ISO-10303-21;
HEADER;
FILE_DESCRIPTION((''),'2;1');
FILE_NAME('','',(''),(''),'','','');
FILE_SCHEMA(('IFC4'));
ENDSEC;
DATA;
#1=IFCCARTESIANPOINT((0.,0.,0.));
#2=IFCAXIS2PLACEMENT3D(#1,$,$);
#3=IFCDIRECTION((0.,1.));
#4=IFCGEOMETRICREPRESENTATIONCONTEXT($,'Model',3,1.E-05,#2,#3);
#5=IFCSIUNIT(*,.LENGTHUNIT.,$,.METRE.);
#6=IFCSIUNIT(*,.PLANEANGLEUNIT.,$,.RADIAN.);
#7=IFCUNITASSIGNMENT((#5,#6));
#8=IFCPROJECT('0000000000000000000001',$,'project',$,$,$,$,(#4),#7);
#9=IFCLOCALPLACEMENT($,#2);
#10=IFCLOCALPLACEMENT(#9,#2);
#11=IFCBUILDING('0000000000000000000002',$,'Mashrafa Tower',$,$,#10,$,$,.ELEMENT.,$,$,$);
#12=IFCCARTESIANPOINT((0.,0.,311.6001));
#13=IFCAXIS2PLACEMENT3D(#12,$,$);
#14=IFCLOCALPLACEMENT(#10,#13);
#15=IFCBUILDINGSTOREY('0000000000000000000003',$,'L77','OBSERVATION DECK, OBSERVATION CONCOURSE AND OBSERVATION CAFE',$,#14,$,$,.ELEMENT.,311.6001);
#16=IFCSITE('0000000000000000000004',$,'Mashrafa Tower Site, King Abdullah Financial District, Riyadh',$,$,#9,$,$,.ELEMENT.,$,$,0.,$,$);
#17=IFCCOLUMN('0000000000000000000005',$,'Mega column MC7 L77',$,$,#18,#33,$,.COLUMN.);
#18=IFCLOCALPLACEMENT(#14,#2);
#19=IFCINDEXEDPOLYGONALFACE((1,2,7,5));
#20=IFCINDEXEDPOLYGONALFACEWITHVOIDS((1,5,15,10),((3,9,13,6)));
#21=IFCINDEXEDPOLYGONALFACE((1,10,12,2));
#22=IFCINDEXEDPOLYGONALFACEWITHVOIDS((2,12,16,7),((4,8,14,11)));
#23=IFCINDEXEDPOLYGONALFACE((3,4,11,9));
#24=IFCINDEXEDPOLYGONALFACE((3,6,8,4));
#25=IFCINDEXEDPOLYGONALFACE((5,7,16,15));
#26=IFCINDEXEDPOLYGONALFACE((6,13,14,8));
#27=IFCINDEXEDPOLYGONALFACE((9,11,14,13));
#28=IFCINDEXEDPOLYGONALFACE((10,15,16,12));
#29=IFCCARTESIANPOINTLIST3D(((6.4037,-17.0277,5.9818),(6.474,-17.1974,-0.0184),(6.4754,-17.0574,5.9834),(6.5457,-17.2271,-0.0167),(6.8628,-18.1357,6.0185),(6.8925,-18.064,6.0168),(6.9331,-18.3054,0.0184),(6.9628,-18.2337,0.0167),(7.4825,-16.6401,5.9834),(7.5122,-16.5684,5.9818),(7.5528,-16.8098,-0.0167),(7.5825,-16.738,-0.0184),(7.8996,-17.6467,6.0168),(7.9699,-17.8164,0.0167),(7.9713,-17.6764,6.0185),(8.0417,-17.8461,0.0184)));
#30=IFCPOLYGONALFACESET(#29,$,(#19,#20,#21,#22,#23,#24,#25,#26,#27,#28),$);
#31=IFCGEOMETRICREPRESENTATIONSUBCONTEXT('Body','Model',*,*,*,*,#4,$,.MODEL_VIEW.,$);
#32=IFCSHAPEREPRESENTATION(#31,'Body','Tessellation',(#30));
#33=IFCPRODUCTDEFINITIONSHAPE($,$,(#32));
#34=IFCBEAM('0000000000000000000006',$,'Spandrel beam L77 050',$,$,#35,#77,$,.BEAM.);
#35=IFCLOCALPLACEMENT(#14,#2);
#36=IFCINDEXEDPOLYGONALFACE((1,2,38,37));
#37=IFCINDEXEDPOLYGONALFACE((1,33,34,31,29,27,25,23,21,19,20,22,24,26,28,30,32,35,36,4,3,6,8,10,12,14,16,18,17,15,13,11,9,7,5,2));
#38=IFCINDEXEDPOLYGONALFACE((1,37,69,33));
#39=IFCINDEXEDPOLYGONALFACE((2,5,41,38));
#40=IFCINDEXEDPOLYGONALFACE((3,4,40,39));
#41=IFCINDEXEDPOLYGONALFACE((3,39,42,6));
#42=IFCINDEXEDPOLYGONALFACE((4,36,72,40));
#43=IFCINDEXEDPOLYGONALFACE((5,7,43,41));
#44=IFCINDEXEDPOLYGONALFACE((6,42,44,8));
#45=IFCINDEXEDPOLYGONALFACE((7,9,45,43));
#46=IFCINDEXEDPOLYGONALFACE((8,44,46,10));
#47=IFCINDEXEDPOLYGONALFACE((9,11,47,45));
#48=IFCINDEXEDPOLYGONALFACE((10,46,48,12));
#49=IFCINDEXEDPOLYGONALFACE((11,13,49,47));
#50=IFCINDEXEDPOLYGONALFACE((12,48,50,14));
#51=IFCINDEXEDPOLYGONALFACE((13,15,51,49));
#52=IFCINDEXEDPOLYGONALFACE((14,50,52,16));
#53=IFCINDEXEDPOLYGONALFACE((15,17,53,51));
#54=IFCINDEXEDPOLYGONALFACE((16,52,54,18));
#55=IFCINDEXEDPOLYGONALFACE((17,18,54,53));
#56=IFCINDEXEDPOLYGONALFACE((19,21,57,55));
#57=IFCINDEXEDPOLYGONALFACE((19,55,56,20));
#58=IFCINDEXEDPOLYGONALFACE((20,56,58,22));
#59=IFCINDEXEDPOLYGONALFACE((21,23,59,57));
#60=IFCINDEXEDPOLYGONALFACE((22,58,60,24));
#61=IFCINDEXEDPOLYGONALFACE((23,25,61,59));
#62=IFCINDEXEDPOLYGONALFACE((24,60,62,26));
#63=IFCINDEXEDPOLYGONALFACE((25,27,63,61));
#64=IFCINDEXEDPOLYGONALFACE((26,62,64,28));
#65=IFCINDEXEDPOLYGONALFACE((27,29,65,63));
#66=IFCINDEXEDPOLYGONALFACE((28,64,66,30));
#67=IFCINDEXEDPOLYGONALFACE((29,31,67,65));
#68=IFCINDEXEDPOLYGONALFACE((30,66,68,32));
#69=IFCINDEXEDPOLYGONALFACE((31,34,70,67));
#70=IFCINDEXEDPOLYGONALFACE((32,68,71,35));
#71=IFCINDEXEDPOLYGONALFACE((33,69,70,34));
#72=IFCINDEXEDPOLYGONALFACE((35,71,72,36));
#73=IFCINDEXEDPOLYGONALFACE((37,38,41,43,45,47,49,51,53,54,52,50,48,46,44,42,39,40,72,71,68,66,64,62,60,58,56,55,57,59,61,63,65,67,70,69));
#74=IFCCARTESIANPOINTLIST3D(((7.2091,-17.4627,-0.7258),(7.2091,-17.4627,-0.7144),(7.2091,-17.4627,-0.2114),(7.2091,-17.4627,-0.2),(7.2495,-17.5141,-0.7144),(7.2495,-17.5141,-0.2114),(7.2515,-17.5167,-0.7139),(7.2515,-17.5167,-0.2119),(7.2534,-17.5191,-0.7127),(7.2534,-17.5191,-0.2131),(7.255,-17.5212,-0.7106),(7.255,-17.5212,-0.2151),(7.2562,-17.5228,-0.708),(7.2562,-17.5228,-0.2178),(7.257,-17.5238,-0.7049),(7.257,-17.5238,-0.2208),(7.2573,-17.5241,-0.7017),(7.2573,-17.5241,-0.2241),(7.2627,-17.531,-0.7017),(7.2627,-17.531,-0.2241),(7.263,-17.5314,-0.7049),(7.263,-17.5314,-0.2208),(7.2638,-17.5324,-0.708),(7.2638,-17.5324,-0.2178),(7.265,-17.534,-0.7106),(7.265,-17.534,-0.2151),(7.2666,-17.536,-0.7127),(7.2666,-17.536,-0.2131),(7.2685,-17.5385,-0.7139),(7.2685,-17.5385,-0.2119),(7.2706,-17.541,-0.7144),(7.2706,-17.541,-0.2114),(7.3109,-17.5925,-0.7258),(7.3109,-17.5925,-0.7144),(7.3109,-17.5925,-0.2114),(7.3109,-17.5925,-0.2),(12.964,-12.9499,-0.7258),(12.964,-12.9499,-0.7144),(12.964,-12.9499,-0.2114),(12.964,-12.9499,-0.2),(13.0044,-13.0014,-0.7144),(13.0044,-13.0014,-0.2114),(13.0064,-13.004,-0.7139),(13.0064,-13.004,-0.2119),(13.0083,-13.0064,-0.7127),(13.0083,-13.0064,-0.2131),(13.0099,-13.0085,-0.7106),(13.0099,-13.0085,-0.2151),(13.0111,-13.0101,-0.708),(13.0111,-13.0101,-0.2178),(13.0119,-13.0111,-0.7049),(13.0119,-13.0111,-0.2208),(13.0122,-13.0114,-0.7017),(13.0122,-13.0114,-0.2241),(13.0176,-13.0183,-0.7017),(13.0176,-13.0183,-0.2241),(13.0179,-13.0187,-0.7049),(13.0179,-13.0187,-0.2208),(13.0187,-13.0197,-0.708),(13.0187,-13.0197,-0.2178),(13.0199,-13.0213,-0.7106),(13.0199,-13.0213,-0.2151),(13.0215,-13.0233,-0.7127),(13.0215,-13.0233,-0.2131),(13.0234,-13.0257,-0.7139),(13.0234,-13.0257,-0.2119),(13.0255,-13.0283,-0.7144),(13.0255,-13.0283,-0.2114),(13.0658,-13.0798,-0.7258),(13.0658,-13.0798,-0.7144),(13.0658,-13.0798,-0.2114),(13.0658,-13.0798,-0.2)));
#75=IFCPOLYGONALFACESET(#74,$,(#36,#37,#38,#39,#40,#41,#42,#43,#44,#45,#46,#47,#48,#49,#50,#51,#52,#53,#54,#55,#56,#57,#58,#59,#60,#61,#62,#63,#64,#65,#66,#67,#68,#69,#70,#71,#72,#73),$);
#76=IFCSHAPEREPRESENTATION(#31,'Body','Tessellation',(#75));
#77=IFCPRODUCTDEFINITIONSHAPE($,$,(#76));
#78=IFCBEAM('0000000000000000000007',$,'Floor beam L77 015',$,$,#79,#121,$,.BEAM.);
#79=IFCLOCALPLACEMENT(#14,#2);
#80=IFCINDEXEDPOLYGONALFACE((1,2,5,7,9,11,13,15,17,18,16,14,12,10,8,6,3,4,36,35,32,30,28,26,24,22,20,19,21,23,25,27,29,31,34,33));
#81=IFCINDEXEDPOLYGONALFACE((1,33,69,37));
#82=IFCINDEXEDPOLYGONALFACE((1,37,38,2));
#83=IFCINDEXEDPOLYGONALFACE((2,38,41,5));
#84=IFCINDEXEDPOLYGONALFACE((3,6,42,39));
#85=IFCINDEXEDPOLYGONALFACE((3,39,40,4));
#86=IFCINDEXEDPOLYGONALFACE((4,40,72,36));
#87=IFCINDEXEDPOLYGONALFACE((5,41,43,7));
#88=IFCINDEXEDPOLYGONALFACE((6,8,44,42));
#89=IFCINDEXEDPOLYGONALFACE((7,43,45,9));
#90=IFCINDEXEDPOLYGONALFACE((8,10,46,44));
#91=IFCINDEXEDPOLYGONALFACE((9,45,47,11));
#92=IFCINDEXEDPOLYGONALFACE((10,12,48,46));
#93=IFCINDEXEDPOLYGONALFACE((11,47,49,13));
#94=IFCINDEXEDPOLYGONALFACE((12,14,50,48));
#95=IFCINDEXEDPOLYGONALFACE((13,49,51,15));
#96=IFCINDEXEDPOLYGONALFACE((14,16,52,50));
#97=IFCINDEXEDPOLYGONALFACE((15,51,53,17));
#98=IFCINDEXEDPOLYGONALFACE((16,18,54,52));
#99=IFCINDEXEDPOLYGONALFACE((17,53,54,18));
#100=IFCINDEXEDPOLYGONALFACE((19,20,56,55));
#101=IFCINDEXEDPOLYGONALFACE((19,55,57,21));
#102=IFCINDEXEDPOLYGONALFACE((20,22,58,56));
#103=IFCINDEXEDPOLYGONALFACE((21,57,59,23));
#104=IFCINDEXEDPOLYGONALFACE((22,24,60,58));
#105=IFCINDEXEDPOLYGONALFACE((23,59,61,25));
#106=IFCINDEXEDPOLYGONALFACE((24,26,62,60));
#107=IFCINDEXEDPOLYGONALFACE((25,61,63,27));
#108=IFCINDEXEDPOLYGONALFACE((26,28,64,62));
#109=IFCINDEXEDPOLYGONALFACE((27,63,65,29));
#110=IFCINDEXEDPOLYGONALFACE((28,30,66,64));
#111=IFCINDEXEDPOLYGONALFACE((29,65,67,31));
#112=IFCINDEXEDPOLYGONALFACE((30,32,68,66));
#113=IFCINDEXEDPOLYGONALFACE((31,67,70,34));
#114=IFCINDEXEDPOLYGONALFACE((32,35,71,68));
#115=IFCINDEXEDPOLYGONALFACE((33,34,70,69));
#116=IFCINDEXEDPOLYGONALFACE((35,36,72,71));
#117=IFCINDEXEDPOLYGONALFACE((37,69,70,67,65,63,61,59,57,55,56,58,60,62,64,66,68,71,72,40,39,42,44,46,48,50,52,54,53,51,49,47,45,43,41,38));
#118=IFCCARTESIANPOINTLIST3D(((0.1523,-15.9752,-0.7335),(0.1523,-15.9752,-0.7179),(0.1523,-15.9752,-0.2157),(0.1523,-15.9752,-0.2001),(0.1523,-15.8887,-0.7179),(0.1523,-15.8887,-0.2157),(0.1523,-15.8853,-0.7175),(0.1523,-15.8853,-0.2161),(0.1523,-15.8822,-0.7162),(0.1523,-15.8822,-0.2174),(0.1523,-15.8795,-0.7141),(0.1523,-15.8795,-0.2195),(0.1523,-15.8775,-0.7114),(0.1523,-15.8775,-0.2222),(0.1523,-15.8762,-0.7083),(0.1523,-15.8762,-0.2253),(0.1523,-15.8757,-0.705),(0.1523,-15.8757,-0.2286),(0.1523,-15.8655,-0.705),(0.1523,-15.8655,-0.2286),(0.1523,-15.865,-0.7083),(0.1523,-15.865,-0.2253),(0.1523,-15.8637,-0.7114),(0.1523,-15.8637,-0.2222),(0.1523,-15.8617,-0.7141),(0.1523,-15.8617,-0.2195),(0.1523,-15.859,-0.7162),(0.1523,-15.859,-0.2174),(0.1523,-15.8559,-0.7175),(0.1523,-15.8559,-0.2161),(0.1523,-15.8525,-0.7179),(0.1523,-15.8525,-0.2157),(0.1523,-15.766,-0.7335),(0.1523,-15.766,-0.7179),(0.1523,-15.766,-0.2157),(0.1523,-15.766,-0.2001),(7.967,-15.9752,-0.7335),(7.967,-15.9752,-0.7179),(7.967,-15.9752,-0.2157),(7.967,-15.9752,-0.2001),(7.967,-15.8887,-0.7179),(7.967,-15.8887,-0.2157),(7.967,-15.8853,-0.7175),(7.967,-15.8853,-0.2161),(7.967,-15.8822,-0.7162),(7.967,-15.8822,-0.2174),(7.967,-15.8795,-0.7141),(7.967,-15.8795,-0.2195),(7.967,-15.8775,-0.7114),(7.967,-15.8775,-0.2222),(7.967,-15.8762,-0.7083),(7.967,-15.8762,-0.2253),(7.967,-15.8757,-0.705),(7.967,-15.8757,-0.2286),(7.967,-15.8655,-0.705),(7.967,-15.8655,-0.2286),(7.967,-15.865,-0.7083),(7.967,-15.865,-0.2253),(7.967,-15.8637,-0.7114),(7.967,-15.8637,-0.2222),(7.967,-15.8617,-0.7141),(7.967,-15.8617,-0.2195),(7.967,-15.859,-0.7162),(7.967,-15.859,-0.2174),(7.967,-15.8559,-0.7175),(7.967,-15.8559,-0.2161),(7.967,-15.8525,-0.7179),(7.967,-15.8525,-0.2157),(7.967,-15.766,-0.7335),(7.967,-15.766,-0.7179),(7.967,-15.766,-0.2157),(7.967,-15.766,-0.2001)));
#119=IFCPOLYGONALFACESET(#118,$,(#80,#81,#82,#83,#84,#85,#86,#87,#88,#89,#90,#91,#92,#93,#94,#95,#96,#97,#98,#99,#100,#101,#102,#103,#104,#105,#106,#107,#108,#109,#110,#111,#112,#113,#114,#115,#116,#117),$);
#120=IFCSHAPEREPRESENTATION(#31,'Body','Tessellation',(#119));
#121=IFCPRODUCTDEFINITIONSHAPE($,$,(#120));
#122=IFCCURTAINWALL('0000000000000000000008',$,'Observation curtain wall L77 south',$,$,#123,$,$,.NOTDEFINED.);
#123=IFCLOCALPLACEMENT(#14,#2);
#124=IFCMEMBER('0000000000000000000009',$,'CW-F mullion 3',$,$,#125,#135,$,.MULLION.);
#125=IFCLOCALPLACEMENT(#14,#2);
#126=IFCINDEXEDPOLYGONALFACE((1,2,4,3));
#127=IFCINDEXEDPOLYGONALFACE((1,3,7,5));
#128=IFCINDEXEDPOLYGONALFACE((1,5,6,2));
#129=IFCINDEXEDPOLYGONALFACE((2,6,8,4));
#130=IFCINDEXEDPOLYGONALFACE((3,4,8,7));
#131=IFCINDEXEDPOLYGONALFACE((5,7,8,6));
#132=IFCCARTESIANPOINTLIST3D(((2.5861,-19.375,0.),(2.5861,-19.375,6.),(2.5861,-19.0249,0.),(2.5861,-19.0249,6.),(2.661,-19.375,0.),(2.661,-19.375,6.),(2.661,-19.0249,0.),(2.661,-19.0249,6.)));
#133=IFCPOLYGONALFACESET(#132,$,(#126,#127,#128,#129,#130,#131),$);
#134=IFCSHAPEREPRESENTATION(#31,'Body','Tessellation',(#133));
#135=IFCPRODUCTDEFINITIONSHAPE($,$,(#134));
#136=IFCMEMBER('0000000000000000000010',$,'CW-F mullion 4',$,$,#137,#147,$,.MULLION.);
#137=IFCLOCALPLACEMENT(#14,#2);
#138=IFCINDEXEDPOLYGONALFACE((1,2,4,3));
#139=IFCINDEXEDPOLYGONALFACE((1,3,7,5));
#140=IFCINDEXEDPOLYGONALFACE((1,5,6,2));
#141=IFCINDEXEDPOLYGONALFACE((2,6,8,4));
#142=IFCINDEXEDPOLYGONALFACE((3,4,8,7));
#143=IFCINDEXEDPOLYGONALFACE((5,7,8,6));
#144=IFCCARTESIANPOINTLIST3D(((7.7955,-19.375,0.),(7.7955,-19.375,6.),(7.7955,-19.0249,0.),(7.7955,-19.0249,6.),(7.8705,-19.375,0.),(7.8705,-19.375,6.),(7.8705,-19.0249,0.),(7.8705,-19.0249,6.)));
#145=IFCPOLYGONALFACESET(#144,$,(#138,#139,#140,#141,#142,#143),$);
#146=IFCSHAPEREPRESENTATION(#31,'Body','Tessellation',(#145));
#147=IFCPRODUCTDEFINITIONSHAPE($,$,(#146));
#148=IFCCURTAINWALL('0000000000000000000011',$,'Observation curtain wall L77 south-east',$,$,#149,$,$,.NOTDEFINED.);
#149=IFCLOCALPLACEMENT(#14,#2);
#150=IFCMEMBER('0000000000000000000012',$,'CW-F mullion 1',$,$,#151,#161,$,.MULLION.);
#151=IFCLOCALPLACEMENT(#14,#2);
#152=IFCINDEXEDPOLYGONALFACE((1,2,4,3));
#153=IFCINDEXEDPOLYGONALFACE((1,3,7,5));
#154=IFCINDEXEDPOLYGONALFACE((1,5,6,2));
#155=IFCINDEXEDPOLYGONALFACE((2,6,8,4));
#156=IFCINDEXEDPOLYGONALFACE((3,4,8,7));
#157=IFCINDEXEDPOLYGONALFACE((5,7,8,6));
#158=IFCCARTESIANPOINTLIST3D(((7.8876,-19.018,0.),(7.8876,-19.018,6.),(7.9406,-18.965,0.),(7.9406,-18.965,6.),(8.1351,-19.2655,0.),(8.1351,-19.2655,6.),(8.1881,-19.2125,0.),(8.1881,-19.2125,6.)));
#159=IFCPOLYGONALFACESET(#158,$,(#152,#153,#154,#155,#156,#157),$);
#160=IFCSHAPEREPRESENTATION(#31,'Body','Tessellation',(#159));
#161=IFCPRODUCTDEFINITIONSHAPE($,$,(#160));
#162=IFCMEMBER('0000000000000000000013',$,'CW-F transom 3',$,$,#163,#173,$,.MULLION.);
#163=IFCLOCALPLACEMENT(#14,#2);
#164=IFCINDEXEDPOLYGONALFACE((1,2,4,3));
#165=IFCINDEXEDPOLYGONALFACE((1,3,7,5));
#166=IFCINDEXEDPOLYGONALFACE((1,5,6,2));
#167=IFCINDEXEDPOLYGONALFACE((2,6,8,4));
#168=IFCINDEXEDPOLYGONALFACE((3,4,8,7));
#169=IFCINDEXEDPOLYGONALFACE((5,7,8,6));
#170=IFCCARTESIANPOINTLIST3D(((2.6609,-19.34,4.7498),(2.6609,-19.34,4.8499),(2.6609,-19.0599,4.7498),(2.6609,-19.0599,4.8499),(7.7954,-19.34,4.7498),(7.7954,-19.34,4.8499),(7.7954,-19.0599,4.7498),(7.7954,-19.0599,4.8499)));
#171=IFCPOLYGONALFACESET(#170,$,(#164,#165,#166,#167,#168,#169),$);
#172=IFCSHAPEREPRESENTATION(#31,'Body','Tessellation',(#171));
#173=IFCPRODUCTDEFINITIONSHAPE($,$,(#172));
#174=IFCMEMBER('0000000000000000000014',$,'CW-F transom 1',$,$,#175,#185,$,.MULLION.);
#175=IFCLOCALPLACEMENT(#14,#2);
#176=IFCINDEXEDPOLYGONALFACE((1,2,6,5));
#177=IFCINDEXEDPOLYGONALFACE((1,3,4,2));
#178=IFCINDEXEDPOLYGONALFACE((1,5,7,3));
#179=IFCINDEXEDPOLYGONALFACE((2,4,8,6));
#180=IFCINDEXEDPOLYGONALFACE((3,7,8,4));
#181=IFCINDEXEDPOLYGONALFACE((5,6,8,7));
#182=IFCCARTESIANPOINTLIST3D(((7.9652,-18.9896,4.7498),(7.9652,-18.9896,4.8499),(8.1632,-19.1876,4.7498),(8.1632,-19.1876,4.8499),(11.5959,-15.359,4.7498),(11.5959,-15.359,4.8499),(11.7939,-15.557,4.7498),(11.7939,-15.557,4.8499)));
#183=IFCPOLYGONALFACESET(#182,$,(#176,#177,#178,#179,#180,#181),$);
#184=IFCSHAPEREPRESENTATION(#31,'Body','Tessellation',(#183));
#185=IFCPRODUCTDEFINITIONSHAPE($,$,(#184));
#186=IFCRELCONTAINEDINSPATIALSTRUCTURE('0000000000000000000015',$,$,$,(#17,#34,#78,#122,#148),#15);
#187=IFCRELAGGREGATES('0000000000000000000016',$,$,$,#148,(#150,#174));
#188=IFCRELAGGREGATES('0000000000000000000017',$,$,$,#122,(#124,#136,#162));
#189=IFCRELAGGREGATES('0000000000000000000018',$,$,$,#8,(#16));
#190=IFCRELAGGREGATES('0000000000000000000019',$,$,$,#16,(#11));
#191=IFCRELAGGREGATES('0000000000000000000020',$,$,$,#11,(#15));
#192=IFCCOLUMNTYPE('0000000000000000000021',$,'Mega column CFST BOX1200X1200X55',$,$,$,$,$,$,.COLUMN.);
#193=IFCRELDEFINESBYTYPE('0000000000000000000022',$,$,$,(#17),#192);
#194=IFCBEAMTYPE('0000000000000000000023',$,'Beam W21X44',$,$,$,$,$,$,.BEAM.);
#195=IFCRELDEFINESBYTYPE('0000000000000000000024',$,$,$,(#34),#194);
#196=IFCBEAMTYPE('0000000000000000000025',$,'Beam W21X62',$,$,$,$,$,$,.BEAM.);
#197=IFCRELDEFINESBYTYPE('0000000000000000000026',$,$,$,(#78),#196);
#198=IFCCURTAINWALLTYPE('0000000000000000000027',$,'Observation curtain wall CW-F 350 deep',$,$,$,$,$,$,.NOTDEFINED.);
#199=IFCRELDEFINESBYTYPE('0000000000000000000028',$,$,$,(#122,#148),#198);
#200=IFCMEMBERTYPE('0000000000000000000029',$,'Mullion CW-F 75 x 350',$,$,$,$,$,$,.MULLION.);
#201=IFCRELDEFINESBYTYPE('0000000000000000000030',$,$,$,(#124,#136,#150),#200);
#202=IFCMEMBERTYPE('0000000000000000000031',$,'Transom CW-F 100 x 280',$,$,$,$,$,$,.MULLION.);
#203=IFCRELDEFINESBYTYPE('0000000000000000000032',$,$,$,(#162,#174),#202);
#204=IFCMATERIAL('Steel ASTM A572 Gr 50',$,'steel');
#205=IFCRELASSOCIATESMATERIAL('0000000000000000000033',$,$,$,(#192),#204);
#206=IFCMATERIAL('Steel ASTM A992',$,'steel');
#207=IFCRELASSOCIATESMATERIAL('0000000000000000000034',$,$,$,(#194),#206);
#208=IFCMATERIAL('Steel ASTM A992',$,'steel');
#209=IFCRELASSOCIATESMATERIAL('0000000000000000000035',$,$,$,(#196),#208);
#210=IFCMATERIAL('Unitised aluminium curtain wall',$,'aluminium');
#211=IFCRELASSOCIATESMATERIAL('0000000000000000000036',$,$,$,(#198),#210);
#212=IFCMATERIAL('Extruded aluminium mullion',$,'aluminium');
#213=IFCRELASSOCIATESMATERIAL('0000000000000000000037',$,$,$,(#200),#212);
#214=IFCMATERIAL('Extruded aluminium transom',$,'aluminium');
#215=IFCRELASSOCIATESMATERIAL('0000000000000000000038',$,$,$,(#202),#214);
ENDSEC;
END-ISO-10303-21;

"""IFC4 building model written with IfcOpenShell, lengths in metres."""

from ifc_helpers import new_model, si_unit, direction, frame, origin, origin_2d, place, context, subcontext, project, spatial, rectangle, hollow_rectangle, i_section, extrude, source, transform, mapped, material, material_profile, profile_set, type_object, type_shapes, element, aggregate, save


model = new_model("IFC4")

# Units and contexts
model_context = context("Model", 3, precision=1e-05, world=origin(), true_north=direction((0.0, 1.0)))
body_context = subcontext(model_context, "Body", "Model", "MODEL_VIEW")
ifc_project = project(units=[si_unit("LENGTHUNIT", "METRE"), si_unit("PLANEANGLEUNIT", "RADIAN")], contexts=[model_context])

# Site, building, storey
site_placement = place(None, origin())
site = spatial("IfcSite", under=ifc_project, at=site_placement, Name="Mashrafa Tower Site, King Abdullah Financial District, Riyadh", CompositionType="ELEMENT", RefElevation=0.0)
building_placement = place(site_placement, origin())
building = spatial("IfcBuilding", under=site, at=building_placement, Name="Mashrafa Tower", CompositionType="ELEMENT")
storey_placement = place(building_placement, frame((0.0, 0.0, 311.6001)))
storey = spatial("IfcBuildingStorey", under=building, at=storey_placement, Name="L77", Description="OBSERVATION DECK, OBSERVATION CONCOURSE AND OBSERVATION CAFE", CompositionType="ELEMENT", Elevation=311.6001)

# Column
ifc_material_1 = material(Name="Steel ASTM A572 Gr 50", Category="steel")
ifc_material_profile_1 = material_profile(ifc_material_1, hollow_rectangle(XDim=1.2, YDim=1.2, WallThickness=0.0549, at=origin_2d()), Name="BOX1200X1200X55")
ifc_profile_set_1 = profile_set([ifc_material_profile_1], Name="Steel ASTM A572 Gr 50")
column_type = type_object("IfcColumnType", Name="Mega column CFST BOX1200X1200X55", PredefinedType="COLUMN", material=ifc_profile_set_1)
column_placement = place(storey_placement, frame((7.2578, -17.5217, 0.0), z_axis=(-0.011713, 0.028266, 0.999532), x_axis=(-0.923822, -0.382821, 0.0)))
element("IfcColumn", 1, at=column_placement, inside=storey, type_object=column_type, Name="Mega column MC7 L77", PredefinedType="COLUMN", context=body_context, shape_type="SweptSolid", body=[
    extrude(hollow_rectangle(XDim=1.2, YDim=1.2, WallThickness=0.0549, at=origin_2d()), origin(), (0.0, 0.0, 1.0), 6.0029),
])

# Beams
ifc_material_2 = material(Name="Steel ASTM A992", Category="steel")
ifc_material_profile_2 = material_profile(ifc_material_2, i_section(OverallWidth=0.165, OverallDepth=0.5259, WebThickness=0.0088, FlangeThickness=0.0115, FilletRadius=0.0127, at=origin_2d()), Name="W21X44")
ifc_profile_set_2 = profile_set([ifc_material_profile_2], Name="Steel ASTM A992")
beam_type_1 = type_object("IfcBeamType", Name="Beam W21X44", PredefinedType="BEAM", material=ifc_profile_set_2)
beam_1_placement = place(storey_placement, frame((7.26, -17.5276, -0.4629), z_axis=(0.786916, 0.61706, 0.0), x_axis=(-0.61706, 0.786916, 0.0)))
element("IfcBeam", 2, at=beam_1_placement, inside=storey, type_object=beam_type_1, Name="Spandrel beam L77 050", PredefinedType="BEAM", context=body_context, shape_type="SweptSolid", body=[
    extrude(i_section(OverallWidth=0.165, OverallDepth=0.5259, WebThickness=0.0088, FlangeThickness=0.0115, FilletRadius=0.0127, at=origin_2d()), origin(), (0.0, 0.0, 1.0), 7.3132),
])
ifc_material_3 = material(Name="Steel ASTM A992", Category="steel")
ifc_material_profile_3 = material_profile(ifc_material_3, i_section(OverallWidth=0.2092, OverallDepth=0.5334, WebThickness=0.0103, FlangeThickness=0.0156, FilletRadius=0.0129, at=origin_2d()), Name="W21X62")
ifc_profile_set_3 = profile_set([ifc_material_profile_3], Name="Steel ASTM A992")
beam_type_2 = type_object("IfcBeamType", Name="Beam W21X62", PredefinedType="BEAM", material=ifc_profile_set_3)
beam_2_placement = place(storey_placement, frame((7.967, -15.8706, -0.4668), z_axis=(-1.0, 0.0, 0.0), x_axis=(0.0, -1.0, 0.0)))
element("IfcBeam", 3, at=beam_2_placement, inside=storey, type_object=beam_type_2, Name="Floor beam L77 015", PredefinedType="BEAM", context=body_context, shape_type="SweptSolid", body=[
    extrude(i_section(OverallWidth=0.2092, OverallDepth=0.5334, WebThickness=0.0103, FlangeThickness=0.0156, FilletRadius=0.0129, at=origin_2d()), origin(), (0.0, 0.0, 1.0), 7.8147),
])

# Curtain wall, members
ifc_material_4 = material(Name="Unitised aluminium curtain wall", Category="aluminium")
curtain_wall_type = type_object("IfcCurtainWallType", Name="Observation curtain wall CW-F 350 deep", PredefinedType="NOTDEFINED", material=ifc_material_4)
curtain_wall_1_placement = place(storey_placement, origin())
curtain_wall_1 = element("IfcCurtainWall", 4, at=curtain_wall_1_placement, inside=storey, type_object=curtain_wall_type, Name="Observation curtain wall L77 south", PredefinedType="NOTDEFINED")
ifc_material_5 = material(Name="Extruded aluminium mullion", Category="aluminium")
ifc_material_profile_4 = material_profile(ifc_material_5, rectangle(XDim=0.3501, YDim=0.075, at=origin_2d()), Name="Mullion 75x350")
ifc_profile_set_4 = profile_set([ifc_material_profile_4], Name="Extruded aluminium mullion")
member_type_1 = type_object("IfcMemberType", Name="Mullion CW-F 75 x 350", PredefinedType="MULLION", material=ifc_profile_set_4)
shared_shape_1 = source(origin(), body_context, "Body", "SweptSolid", [
    extrude(rectangle(XDim=0.3501, YDim=0.075, at=origin_2d()), origin(), (0.0, 0.0, 1.0), 6.0),
])
type_shapes(member_type_1, [shared_shape_1])
member_1_placement = place(storey_placement, frame((2.6235, -19.2, 0.0), z_axis=(0.0, 0.0, 1.0), x_axis=(0.0, 1.0, 0.0)))
member_1 = element("IfcMember", 5, at=member_1_placement, type_object=member_type_1, Name="CW-F mullion 3", PredefinedType="MULLION", context=body_context, shape_type="MappedRepresentation", body=[
    mapped(shared_shape_1, transform((0.0, 0.0, 0.0))),
])
member_2_placement = place(storey_placement, frame((7.833, -19.2, 0.0), z_axis=(0.0, 0.0, 1.0), x_axis=(0.0, 1.0, 0.0)))
member_2 = element("IfcMember", 6, at=member_2_placement, type_object=member_type_1, Name="CW-F mullion 4", PredefinedType="MULLION", context=body_context, shape_type="MappedRepresentation", body=[
    mapped(shared_shape_1, transform((0.0, 0.0, 0.0))),
])

# Curtain wall, member
curtain_wall_2_placement = place(storey_placement, origin())
curtain_wall_2 = element("IfcCurtainWall", 7, at=curtain_wall_2_placement, inside=storey, type_object=curtain_wall_type, Name="Observation curtain wall L77 south-east", PredefinedType="NOTDEFINED")
member_3_placement = place(storey_placement, frame((8.0378, -19.1152, 0.0), z_axis=(0.0, 0.0, 1.0), x_axis=(-0.707107, 0.707107, 0.0)))
member_3 = element("IfcMember", 8, at=member_3_placement, type_object=member_type_1, Name="CW-F mullion 1", PredefinedType="MULLION", context=body_context, shape_type="MappedRepresentation", body=[
    mapped(shared_shape_1, transform((0.0, 0.0, 0.0))),
])

# Members
ifc_material_6 = material(Name="Extruded aluminium transom", Category="aluminium")
ifc_material_profile_5 = material_profile(ifc_material_6, rectangle(XDim=0.28, YDim=0.1001, at=origin_2d()), Name="Transom 100x280")
ifc_profile_set_5 = profile_set([ifc_material_profile_5], Name="Extruded aluminium transom")
member_type_2 = type_object("IfcMemberType", Name="Transom CW-F 100 x 280", PredefinedType="MULLION", material=ifc_profile_set_5)
shared_shape_2 = source(origin(), body_context, "Body", "SweptSolid", [
    extrude(rectangle(XDim=0.28, YDim=0.1001, at=origin_2d()), origin(), (0.0, 0.0, 1.0), 5.1345),
])
type_shapes(member_type_2, [shared_shape_2])
member_4_placement = place(storey_placement, frame((2.6609, -19.2, 4.7998), z_axis=(1.0, 0.0, 0.0), x_axis=(0.0, 1.0, 0.0)))
member_4 = element("IfcMember", 9, at=member_4_placement, type_object=member_type_2, Name="CW-F transom 3", PredefinedType="MULLION", context=body_context, shape_type="MappedRepresentation", body=[
    mapped(shared_shape_2, transform((0.0, 0.0, 0.0))),
])
member_5_placement = place(storey_placement, frame((8.0642, -19.0886, 4.7998), z_axis=(0.707107, 0.707107, 0.0), x_axis=(-0.707107, 0.707107, 0.0)))
member_5 = element("IfcMember", 10, at=member_5_placement, type_object=member_type_2, Name="CW-F transom 1", PredefinedType="MULLION", context=body_context, shape_type="MappedRepresentation", body=[
    mapped(shared_shape_2, transform((0.0, 0.0, 0.0))),
])
aggregate(curtain_wall_2, [member_3, member_5])

aggregate(curtain_wall_1, [member_1, member_2, member_4])

save(model, "model.ifc")
